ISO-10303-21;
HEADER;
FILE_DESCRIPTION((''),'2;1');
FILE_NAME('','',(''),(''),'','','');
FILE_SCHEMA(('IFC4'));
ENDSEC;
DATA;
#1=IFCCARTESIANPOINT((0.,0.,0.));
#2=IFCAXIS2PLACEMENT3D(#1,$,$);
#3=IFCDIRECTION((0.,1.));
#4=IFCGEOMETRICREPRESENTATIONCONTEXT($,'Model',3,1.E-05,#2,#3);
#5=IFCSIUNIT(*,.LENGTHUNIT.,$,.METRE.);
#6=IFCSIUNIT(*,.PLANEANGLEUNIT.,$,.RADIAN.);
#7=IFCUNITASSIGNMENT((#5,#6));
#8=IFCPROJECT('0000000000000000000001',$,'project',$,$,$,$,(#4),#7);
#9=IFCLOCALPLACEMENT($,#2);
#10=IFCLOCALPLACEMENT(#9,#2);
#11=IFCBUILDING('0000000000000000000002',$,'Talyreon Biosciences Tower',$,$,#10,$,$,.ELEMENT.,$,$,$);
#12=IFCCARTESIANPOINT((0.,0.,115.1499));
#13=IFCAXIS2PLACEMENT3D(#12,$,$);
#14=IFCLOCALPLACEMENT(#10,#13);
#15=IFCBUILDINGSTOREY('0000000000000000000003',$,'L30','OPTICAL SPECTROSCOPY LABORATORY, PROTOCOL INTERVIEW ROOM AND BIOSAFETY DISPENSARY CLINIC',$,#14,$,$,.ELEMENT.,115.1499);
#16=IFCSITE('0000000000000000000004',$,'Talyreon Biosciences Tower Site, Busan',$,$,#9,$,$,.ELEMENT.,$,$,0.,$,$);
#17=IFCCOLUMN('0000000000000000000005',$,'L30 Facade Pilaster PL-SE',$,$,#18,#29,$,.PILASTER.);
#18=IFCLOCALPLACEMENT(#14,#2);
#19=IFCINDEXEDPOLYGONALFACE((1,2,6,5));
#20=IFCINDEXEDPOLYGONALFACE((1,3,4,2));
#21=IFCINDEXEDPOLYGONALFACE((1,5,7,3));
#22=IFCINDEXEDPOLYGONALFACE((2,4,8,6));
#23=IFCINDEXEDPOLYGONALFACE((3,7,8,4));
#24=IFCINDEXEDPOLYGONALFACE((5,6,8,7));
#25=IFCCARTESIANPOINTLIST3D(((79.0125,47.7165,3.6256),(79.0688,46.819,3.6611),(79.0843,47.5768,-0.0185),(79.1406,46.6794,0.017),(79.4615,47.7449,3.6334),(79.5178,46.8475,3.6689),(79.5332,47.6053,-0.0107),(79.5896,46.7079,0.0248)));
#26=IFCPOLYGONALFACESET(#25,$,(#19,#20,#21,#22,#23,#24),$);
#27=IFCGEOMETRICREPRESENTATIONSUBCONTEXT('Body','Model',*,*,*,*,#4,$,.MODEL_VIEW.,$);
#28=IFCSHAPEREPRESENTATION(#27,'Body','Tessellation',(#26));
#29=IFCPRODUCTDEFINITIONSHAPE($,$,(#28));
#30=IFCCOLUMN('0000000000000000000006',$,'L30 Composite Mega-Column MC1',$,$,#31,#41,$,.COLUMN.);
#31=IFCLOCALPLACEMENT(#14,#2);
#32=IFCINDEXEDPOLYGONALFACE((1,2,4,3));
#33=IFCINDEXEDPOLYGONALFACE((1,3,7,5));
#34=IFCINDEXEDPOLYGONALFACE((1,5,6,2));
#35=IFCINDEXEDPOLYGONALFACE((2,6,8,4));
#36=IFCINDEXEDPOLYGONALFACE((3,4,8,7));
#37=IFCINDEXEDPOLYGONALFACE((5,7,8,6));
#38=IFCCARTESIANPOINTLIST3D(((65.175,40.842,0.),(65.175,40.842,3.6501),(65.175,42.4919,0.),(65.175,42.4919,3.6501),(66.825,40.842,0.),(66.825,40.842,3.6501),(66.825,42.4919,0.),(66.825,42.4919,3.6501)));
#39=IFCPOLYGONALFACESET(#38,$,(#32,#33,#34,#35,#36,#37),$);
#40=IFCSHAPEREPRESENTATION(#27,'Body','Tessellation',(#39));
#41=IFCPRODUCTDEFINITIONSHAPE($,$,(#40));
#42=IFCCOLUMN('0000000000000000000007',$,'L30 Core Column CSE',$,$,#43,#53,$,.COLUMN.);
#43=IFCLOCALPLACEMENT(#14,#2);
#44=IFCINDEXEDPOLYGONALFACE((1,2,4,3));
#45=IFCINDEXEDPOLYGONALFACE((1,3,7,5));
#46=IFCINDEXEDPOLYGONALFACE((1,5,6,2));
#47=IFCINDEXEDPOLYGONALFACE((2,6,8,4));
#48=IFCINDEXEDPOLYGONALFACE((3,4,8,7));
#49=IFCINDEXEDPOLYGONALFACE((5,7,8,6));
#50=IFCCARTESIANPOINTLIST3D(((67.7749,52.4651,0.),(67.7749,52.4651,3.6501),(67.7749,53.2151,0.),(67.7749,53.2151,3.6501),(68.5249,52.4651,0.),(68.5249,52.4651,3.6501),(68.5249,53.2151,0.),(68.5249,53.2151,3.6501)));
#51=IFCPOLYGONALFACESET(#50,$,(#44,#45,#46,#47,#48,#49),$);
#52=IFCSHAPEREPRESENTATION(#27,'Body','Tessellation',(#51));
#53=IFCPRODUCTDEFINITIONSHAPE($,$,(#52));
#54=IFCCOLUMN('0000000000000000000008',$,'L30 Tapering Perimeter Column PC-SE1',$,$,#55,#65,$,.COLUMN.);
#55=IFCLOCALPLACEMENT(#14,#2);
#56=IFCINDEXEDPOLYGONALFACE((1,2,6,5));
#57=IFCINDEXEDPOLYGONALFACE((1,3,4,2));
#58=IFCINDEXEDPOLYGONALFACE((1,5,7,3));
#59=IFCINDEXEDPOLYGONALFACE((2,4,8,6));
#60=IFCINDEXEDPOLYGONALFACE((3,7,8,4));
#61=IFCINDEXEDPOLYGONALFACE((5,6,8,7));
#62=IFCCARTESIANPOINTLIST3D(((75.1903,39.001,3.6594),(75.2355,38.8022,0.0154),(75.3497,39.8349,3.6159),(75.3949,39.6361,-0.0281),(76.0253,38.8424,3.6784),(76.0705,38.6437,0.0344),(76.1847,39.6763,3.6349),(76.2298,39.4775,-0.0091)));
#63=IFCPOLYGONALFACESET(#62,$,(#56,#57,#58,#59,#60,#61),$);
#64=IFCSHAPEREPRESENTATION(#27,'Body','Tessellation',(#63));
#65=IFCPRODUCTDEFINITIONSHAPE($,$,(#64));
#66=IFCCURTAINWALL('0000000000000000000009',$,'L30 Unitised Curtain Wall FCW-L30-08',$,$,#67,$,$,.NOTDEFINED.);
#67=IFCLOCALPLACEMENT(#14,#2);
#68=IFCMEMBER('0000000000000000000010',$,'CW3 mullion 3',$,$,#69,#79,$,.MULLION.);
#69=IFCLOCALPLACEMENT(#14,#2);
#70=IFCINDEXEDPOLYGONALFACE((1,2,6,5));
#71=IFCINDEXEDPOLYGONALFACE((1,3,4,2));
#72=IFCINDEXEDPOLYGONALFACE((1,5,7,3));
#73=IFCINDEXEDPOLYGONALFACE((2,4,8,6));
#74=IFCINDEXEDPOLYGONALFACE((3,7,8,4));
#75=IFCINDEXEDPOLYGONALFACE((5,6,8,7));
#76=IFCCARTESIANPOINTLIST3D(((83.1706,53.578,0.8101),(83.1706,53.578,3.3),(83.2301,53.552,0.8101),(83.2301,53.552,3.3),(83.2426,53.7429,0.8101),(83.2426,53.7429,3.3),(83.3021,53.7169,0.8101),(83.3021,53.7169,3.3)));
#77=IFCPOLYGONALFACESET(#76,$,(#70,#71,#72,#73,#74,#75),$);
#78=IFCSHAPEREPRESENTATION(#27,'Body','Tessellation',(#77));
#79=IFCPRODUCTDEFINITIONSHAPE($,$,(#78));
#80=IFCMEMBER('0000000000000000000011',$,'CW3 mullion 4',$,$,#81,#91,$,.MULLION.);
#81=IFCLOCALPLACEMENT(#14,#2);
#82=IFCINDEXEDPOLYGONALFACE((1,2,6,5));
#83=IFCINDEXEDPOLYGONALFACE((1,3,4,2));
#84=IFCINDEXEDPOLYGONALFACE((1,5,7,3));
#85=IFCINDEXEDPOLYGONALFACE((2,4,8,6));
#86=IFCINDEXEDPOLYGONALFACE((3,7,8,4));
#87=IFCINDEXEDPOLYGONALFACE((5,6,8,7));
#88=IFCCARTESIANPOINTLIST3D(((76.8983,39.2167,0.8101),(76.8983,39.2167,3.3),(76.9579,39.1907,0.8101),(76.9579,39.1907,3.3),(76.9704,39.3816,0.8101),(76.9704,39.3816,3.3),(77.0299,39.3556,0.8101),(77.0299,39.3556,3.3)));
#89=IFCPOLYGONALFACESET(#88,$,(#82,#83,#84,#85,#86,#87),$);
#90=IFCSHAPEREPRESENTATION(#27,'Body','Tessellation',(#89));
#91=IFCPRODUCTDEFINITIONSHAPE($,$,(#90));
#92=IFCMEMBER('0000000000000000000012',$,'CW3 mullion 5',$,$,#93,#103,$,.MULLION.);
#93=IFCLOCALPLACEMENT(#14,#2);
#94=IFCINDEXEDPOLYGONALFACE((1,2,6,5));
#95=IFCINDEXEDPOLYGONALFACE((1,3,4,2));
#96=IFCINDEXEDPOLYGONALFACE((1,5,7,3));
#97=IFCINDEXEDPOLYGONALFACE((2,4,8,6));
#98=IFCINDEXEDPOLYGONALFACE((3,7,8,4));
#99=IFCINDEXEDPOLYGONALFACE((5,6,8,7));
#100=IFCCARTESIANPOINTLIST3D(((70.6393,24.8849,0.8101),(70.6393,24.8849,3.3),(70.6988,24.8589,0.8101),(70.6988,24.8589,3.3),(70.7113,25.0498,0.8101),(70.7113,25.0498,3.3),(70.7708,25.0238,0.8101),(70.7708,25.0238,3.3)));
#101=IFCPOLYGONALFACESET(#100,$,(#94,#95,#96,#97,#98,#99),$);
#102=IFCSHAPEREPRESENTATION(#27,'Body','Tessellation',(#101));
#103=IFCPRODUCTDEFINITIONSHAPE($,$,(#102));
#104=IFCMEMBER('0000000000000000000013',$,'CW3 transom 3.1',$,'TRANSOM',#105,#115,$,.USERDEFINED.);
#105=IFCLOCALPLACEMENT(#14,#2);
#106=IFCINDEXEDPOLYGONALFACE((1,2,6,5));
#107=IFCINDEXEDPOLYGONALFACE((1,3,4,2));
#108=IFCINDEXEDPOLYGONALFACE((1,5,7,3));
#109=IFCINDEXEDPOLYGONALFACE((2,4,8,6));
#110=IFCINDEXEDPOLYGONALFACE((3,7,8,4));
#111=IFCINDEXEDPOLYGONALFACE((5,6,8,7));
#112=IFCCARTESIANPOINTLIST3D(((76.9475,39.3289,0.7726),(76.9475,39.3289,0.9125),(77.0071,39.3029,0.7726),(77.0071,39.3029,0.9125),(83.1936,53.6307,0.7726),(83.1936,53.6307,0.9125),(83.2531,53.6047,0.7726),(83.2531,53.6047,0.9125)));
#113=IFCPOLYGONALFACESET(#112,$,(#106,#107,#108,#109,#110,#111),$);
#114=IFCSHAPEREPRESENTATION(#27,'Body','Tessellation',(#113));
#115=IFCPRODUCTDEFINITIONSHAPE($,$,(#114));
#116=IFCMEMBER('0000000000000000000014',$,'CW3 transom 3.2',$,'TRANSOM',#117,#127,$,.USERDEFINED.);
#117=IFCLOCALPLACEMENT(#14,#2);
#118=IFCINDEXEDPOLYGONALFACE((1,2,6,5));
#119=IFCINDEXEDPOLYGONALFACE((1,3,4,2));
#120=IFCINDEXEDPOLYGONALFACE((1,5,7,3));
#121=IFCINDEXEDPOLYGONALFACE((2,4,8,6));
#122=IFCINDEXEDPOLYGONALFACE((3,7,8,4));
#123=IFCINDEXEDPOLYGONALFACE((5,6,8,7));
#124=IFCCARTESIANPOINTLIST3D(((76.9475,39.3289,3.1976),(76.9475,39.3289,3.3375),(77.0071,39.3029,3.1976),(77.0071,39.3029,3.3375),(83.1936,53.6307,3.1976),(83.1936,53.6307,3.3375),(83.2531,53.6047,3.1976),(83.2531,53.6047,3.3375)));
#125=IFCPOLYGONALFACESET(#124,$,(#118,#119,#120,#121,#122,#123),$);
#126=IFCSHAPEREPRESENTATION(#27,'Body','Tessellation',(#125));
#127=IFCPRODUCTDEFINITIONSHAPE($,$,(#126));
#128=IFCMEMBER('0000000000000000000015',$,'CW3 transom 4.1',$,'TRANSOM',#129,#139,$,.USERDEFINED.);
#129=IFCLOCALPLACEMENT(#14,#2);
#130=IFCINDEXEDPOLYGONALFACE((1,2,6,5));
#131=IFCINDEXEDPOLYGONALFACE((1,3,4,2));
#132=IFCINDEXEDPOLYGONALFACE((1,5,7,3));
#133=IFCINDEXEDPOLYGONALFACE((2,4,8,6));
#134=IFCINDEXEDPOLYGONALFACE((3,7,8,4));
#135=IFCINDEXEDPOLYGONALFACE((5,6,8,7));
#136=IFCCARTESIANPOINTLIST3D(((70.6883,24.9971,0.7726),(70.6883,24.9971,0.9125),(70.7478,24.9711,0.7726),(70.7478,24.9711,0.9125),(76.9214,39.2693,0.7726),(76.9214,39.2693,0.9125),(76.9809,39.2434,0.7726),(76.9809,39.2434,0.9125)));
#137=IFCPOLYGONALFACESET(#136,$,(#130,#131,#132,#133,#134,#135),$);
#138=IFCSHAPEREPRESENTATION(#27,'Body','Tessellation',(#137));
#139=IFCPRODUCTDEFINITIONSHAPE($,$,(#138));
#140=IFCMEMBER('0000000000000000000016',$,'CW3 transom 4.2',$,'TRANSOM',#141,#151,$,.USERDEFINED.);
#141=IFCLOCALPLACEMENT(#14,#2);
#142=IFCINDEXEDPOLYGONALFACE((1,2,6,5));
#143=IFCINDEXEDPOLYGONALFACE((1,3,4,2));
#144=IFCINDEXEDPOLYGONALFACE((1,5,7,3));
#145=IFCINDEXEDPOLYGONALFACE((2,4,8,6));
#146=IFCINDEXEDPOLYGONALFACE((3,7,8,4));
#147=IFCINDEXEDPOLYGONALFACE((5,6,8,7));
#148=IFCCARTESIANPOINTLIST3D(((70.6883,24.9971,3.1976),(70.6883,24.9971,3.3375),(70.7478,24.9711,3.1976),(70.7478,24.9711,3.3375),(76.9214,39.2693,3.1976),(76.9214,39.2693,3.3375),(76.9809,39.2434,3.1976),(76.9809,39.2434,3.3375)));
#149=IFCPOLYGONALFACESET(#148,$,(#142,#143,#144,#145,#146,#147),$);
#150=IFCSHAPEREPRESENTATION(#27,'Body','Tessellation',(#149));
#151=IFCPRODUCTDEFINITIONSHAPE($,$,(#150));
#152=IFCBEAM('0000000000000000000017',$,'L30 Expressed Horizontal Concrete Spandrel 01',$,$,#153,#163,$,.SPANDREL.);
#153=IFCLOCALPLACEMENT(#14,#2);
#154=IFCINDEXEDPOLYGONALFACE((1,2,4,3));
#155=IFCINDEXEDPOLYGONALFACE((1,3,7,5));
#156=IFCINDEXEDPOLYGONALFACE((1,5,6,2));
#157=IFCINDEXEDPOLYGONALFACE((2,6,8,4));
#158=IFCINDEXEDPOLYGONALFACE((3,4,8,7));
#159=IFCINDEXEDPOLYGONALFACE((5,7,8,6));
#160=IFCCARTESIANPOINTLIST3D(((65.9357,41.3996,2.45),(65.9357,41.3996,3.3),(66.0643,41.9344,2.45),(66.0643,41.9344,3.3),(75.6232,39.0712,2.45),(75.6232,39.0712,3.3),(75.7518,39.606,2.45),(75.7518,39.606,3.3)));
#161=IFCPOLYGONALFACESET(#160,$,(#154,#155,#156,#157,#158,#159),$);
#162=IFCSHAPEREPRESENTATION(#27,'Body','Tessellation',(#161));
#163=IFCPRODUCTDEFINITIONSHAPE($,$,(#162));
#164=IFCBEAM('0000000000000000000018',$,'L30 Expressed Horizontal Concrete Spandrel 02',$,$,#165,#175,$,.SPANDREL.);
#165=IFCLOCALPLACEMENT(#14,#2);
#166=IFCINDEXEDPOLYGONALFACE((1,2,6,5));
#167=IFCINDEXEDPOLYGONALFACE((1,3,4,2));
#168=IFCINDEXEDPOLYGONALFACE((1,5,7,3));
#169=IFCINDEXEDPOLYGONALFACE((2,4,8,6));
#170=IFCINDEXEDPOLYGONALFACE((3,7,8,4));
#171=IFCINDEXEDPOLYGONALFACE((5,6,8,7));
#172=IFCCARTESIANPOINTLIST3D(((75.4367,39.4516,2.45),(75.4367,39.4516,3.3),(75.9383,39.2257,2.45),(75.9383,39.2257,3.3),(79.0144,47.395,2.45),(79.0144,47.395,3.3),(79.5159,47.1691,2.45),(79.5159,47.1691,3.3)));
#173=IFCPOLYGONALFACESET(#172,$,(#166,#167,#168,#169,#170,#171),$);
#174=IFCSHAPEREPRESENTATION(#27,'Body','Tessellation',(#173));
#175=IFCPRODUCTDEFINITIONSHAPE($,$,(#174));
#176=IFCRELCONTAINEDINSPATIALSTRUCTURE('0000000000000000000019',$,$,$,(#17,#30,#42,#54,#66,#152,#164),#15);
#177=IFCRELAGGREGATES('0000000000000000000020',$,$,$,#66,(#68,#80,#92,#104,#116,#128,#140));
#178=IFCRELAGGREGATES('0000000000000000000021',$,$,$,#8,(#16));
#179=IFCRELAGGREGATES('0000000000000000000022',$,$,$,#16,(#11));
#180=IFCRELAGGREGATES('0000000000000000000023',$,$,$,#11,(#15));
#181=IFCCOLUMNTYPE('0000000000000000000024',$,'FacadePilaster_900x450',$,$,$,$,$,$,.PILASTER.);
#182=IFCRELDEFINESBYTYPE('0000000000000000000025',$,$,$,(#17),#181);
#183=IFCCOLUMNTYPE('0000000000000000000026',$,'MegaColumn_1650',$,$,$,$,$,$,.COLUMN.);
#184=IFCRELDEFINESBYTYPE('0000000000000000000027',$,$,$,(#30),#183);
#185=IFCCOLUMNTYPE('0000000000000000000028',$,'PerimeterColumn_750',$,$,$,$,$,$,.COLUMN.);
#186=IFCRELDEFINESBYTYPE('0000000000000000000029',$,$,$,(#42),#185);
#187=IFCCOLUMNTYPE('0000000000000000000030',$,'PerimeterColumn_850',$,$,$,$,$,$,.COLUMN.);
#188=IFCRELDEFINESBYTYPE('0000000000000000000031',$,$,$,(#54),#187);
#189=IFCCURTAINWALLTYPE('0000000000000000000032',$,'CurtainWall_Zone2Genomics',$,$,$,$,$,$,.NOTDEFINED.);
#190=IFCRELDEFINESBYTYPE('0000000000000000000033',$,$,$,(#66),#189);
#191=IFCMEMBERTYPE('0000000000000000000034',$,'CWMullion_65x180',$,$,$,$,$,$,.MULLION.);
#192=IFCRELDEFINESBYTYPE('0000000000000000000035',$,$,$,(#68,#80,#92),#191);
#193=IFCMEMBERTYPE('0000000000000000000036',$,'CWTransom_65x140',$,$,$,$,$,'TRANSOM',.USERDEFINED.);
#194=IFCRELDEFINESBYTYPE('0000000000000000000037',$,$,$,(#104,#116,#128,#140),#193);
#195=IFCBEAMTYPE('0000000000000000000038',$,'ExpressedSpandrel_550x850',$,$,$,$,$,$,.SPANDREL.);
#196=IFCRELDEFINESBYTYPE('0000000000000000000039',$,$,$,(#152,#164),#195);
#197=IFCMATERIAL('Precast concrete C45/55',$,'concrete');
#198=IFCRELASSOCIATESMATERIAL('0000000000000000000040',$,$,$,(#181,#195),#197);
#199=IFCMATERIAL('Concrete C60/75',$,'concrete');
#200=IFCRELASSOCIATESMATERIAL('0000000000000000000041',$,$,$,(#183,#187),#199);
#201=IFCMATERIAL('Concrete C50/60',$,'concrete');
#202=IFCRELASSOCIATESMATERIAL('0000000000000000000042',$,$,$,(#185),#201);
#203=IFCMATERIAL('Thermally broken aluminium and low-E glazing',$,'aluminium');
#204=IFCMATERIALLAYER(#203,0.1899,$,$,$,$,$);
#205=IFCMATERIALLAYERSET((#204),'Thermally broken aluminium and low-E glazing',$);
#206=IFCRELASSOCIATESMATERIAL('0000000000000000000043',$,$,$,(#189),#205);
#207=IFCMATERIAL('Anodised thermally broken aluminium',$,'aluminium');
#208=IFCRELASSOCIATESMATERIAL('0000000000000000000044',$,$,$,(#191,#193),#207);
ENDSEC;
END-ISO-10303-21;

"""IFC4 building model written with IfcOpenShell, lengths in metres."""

from ifc_helpers import new_model, si_unit, direction, frame, origin, origin_2d, place, context, subcontext, project, spatial, rectangle, extrude, material, layer, layer_set, material_profile, profile_set, type_object, element, aggregate, save


model = new_model("IFC4")

# Units and contexts
model_context = context("Model", 3, precision=1e-05, world=origin(), true_north=direction((0.0, 1.0)))
body_context = subcontext(model_context, "Body", "Model", "MODEL_VIEW")
ifc_project = project(units=[si_unit("LENGTHUNIT", "METRE"), si_unit("PLANEANGLEUNIT", "RADIAN")], contexts=[model_context])

# Site, building, storey
site_placement = place(None, origin())
site = spatial("IfcSite", under=ifc_project, at=site_placement, Name="Talyreon Biosciences Tower Site, Busan", CompositionType="ELEMENT", RefElevation=0.0)
building_placement = place(site_placement, origin())
building = spatial("IfcBuilding", under=site, at=building_placement, Name="Talyreon Biosciences Tower", CompositionType="ELEMENT")
storey_placement = place(building_placement, frame((0.0, 0.0, 115.1499)))
storey = spatial("IfcBuildingStorey", under=building, at=storey_placement, Name="L30", Description="OPTICAL SPECTROSCOPY LABORATORY, PROTOCOL INTERVIEW ROOM AND BIOSAFETY DISPENSARY CLINIC", CompositionType="ELEMENT", Elevation=115.1499)

# Columns
ifc_material_1 = material(Name="Precast concrete C45/55", Category="concrete")
ifc_material_profile_1 = material_profile(ifc_material_1, rectangle(XDim=0.8999, YDim=0.45, at=origin_2d()), Name="RC 900x450")
ifc_profile_set_1 = profile_set([ifc_material_profile_1], Name="Precast concrete C45/55")
column_type_1 = type_object("IfcColumnType", Name="FacadePilaster_900x450", PredefinedType="PILASTER", material=ifc_profile_set_1)
column_1_placement = place(storey_placement, frame((79.3369, 47.1423, 0.0032), z_axis=(-0.019679, 0.038287, 0.999073), x_axis=(0.062586, -0.99726, 0.03945)))
element("IfcColumn", 1, at=column_1_placement, inside=storey, type_object=column_type_1, Name="L30 Facade Pilaster PL-SE", PredefinedType="PILASTER", context=body_context, shape_type="SweptSolid", body=[
    extrude(rectangle(XDim=0.8999, YDim=0.45, at=origin_2d()), origin(), (0.0, 0.0, 1.0), 3.6475),
])
ifc_material_2 = material(Name="Concrete C60/75", Category="concrete")
ifc_material_profile_2 = material_profile(ifc_material_2, rectangle(XDim=1.6499, YDim=1.6499, at=origin_2d()), Name="RC 1650x1650")
ifc_profile_set_2 = profile_set([ifc_material_profile_2], Name="Concrete C60/75")
column_type_2 = type_object("IfcColumnType", Name="MegaColumn_1650", PredefinedType="COLUMN", material=ifc_profile_set_2)
column_2_placement = place(storey_placement, frame((66.0, 41.667, 0.0), z_axis=(0.0, 0.0, 1.0), x_axis=(1.0, 0.0, 0.0)))
element("IfcColumn", 2, at=column_2_placement, inside=storey, type_object=column_type_2, Name="L30 Composite Mega-Column MC1", PredefinedType="COLUMN", context=body_context, shape_type="SweptSolid", body=[
    extrude(rectangle(XDim=1.6499, YDim=1.6499, at=origin_2d()), origin(), (0.0, 0.0, 1.0), 3.6501),
])
ifc_material_3 = material(Name="Concrete C50/60", Category="concrete")
ifc_material_profile_3 = material_profile(ifc_material_3, rectangle(XDim=0.75, YDim=0.75, at=origin_2d()), Name="RC 750x750")
ifc_profile_set_3 = profile_set([ifc_material_profile_3], Name="Concrete C50/60")
column_type_3 = type_object("IfcColumnType", Name="PerimeterColumn_750", PredefinedType="COLUMN", material=ifc_profile_set_3)
column_3_placement = place(storey_placement, frame((68.1499, 52.8401, 0.0), z_axis=(0.0, 0.0, 1.0), x_axis=(1.0, 0.0, 0.0)))
element("IfcColumn", 3, at=column_3_placement, inside=storey, type_object=column_type_3, Name="L30 Core Column CSE", PredefinedType="COLUMN", context=body_context, shape_type="SweptSolid", body=[
    extrude(rectangle(XDim=0.75, YDim=0.75, at=origin_2d()), origin(), (0.0, 0.0, 1.0), 3.6501),
])
ifc_material_profile_4 = material_profile(ifc_material_2, rectangle(XDim=0.8501, YDim=0.8501, at=origin_2d()), Name="RC 850x850")
ifc_profile_set_4 = profile_set([ifc_material_profile_4], Name="Concrete C60/75")
column_type_4 = type_object("IfcColumnType", Name="PerimeterColumn_850", PredefinedType="COLUMN", material=ifc_profile_set_4)
column_4_placement = place(storey_placement, frame((75.7327, 39.1399, 0.0032), z_axis=(-0.012375, 0.054451, 0.99844), x_axis=(-0.187488, -0.980933, 0.051172)))
element("IfcColumn", 4, at=column_4_placement, inside=storey, type_object=column_type_4, Name="L30 Tapering Perimeter Column PC-SE1", PredefinedType="COLUMN", context=body_context, shape_type="SweptSolid", body=[
    extrude(rectangle(XDim=0.8501, YDim=0.8501, at=origin_2d()), origin(), (0.0, 0.0, 1.0), 3.6497),
])

# Curtain wall, members
ifc_material_4 = material(Name="Thermally broken aluminium and low-E glazing", Category="aluminium")
ifc_layer_1 = layer(ifc_material_4, 0.1899)
ifc_layer_set_1 = layer_set([ifc_layer_1], Name="Thermally broken aluminium and low-E glazing")
curtain_wall_type = type_object("IfcCurtainWallType", Name="CurtainWall_Zone2Genomics", PredefinedType="NOTDEFINED", material=ifc_layer_set_1)
curtain_wall_placement = place(storey_placement, origin())
curtain_wall = element("IfcCurtainWall", 5, at=curtain_wall_placement, inside=storey, type_object=curtain_wall_type, Name="L30 Unitised Curtain Wall FCW-L30-08", PredefinedType="NOTDEFINED")
ifc_material_5 = material(Name="Anodised thermally broken aluminium", Category="aluminium")
ifc_material_profile_5 = material_profile(ifc_material_5, rectangle(XDim=0.0649, YDim=0.1799, at=origin_2d()), Name="ALUM MULLION 65x180")
ifc_profile_set_5 = profile_set([ifc_material_profile_5], Name="Anodised thermally broken aluminium")
member_type_1 = type_object("IfcMemberType", Name="CWMullion_65x180", PredefinedType="MULLION", material=ifc_profile_set_5)
member_1_placement = place(storey_placement, frame((83.2363, 53.6475, 0.8101), z_axis=(0.0, 0.0, 1.0), x_axis=(0.916416, -0.400226, 0.0)))
member_1 = element("IfcMember", 6, at=member_1_placement, type_object=member_type_1, Name="CW3 mullion 3", PredefinedType="MULLION", context=body_context, shape_type="SweptSolid", body=[
    extrude(rectangle(XDim=0.0649, YDim=0.1799, at=origin_2d()), origin(), (0.0, 0.0, 1.0), 2.49),
])
member_2_placement = place(storey_placement, frame((76.9641, 39.2861, 0.8101), z_axis=(0.0, 0.0, 1.0), x_axis=(0.916416, -0.400226, 0.0)))
member_2 = element("IfcMember", 7, at=member_2_placement, type_object=member_type_1, Name="CW3 mullion 4", PredefinedType="MULLION", context=body_context, shape_type="SweptSolid", body=[
    extrude(rectangle(XDim=0.0649, YDim=0.1799, at=origin_2d()), origin(), (0.0, 0.0, 1.0), 2.49),
])
member_3_placement = place(storey_placement, frame((70.7051, 24.9543, 0.8101), z_axis=(0.0, 0.0, 1.0), x_axis=(0.916416, -0.400226, 0.0)))
member_3 = element("IfcMember", 8, at=member_3_placement, type_object=member_type_1, Name="CW3 mullion 5", PredefinedType="MULLION", context=body_context, shape_type="SweptSolid", body=[
    extrude(rectangle(XDim=0.0649, YDim=0.1799, at=origin_2d()), origin(), (0.0, 0.0, 1.0), 2.49),
])
ifc_material_profile_6 = material_profile(ifc_material_5, rectangle(XDim=0.0649, YDim=0.1399, at=origin_2d()), Name="ALUM TRANSOM 65x140")
ifc_profile_set_6 = profile_set([ifc_material_profile_6], Name="Anodised thermally broken aluminium")
member_type_2 = type_object("IfcMemberType", Name="CWTransom_65x140", ElementType="TRANSOM", PredefinedType="USERDEFINED", material=ifc_profile_set_6)
member_4_placement = place(storey_placement, frame((83.2234, 53.6177, 0.8425), z_axis=(-0.400231, -0.916414, 0.0), x_axis=(0.916414, -0.400231, 0.0)))
member_4 = element("IfcMember", 9, at=member_4_placement, type_object=member_type_2, Name="CW3 transom 3.1", ObjectType="TRANSOM", PredefinedType="USERDEFINED", context=body_context, shape_type="SweptSolid", body=[
    extrude(rectangle(XDim=0.0649, YDim=0.1399, at=origin_2d()), origin(), (0.0, 0.0, 1.0), 15.6062),
])
member_5_placement = place(storey_placement, frame((83.2234, 53.6177, 3.2676), z_axis=(-0.400231, -0.916414, 0.0), x_axis=(0.916414, -0.400231, 0.0)))
member_5 = element("IfcMember", 10, at=member_5_placement, type_object=member_type_2, Name="CW3 transom 3.2", ObjectType="TRANSOM", PredefinedType="USERDEFINED", context=body_context, shape_type="SweptSolid", body=[
    extrude(rectangle(XDim=0.0649, YDim=0.1399, at=origin_2d()), origin(), (0.0, 0.0, 1.0), 15.6062),
])
member_6_placement = place(storey_placement, frame((76.9512, 39.2563, 0.8425), z_axis=(-0.400229, -0.916415, 0.0), x_axis=(0.916415, -0.400229, 0.0)))
member_6 = element("IfcMember", 11, at=member_6_placement, type_object=member_type_2, Name="CW3 transom 4.1", ObjectType="TRANSOM", PredefinedType="USERDEFINED", context=body_context, shape_type="SweptSolid", body=[
    extrude(rectangle(XDim=0.0649, YDim=0.1399, at=origin_2d()), origin(), (0.0, 0.0, 1.0), 15.574),
])
member_7_placement = place(storey_placement, frame((76.9512, 39.2563, 3.2676), z_axis=(-0.400229, -0.916415, 0.0), x_axis=(0.916415, -0.400229, 0.0)))
member_7 = element("IfcMember", 12, at=member_7_placement, type_object=member_type_2, Name="CW3 transom 4.2", ObjectType="TRANSOM", PredefinedType="USERDEFINED", context=body_context, shape_type="SweptSolid", body=[
    extrude(rectangle(XDim=0.0649, YDim=0.1399, at=origin_2d()), origin(), (0.0, 0.0, 1.0), 15.574),
])

# Beams
ifc_material_profile_7 = material_profile(ifc_material_1, rectangle(XDim=0.55, YDim=0.8501, at=origin_2d()), Name="RCB 550x850")
ifc_profile_set_7 = profile_set([ifc_material_profile_7], Name="Precast concrete C45/55")
beam_type_1 = type_object("IfcBeamType", Name="ExpressedSpandrel_550x850", PredefinedType="SPANDREL", material=ifc_profile_set_7)
beam_1_placement = place(storey_placement, frame((66.0, 41.667, 2.875), z_axis=(0.972311, -0.233693, 0.0), x_axis=(0.233693, 0.972311, 0.0)))
element("IfcBeam", 13, at=beam_1_placement, inside=storey, type_object=beam_type_1, Name="L30 Expressed Horizontal Concrete Spandrel 01", PredefinedType="SPANDREL", context=body_context, shape_type="SweptSolid", body=[
    extrude(rectangle(XDim=0.55, YDim=0.8501, at=origin_2d()), origin(), (0.0, 0.0, 1.0), 9.9634),
])
beam_2_placement = place(storey_placement, frame((75.6875, 39.3386, 2.875), z_axis=(0.410663, 0.911787, 0.0), x_axis=(-0.911787, 0.410663, 0.0)))
element("IfcBeam", 14, at=beam_2_placement, inside=storey, type_object=beam_type_1, Name="L30 Expressed Horizontal Concrete Spandrel 02", PredefinedType="SPANDREL", context=body_context, shape_type="SweptSolid", body=[
    extrude(rectangle(XDim=0.55, YDim=0.8501, at=origin_2d()), origin(), (0.0, 0.0, 1.0), 8.7119),
])

aggregate(curtain_wall, [member_1, member_2, member_3, member_4, member_5, member_6, member_7])

save(model, "model.ifc")
